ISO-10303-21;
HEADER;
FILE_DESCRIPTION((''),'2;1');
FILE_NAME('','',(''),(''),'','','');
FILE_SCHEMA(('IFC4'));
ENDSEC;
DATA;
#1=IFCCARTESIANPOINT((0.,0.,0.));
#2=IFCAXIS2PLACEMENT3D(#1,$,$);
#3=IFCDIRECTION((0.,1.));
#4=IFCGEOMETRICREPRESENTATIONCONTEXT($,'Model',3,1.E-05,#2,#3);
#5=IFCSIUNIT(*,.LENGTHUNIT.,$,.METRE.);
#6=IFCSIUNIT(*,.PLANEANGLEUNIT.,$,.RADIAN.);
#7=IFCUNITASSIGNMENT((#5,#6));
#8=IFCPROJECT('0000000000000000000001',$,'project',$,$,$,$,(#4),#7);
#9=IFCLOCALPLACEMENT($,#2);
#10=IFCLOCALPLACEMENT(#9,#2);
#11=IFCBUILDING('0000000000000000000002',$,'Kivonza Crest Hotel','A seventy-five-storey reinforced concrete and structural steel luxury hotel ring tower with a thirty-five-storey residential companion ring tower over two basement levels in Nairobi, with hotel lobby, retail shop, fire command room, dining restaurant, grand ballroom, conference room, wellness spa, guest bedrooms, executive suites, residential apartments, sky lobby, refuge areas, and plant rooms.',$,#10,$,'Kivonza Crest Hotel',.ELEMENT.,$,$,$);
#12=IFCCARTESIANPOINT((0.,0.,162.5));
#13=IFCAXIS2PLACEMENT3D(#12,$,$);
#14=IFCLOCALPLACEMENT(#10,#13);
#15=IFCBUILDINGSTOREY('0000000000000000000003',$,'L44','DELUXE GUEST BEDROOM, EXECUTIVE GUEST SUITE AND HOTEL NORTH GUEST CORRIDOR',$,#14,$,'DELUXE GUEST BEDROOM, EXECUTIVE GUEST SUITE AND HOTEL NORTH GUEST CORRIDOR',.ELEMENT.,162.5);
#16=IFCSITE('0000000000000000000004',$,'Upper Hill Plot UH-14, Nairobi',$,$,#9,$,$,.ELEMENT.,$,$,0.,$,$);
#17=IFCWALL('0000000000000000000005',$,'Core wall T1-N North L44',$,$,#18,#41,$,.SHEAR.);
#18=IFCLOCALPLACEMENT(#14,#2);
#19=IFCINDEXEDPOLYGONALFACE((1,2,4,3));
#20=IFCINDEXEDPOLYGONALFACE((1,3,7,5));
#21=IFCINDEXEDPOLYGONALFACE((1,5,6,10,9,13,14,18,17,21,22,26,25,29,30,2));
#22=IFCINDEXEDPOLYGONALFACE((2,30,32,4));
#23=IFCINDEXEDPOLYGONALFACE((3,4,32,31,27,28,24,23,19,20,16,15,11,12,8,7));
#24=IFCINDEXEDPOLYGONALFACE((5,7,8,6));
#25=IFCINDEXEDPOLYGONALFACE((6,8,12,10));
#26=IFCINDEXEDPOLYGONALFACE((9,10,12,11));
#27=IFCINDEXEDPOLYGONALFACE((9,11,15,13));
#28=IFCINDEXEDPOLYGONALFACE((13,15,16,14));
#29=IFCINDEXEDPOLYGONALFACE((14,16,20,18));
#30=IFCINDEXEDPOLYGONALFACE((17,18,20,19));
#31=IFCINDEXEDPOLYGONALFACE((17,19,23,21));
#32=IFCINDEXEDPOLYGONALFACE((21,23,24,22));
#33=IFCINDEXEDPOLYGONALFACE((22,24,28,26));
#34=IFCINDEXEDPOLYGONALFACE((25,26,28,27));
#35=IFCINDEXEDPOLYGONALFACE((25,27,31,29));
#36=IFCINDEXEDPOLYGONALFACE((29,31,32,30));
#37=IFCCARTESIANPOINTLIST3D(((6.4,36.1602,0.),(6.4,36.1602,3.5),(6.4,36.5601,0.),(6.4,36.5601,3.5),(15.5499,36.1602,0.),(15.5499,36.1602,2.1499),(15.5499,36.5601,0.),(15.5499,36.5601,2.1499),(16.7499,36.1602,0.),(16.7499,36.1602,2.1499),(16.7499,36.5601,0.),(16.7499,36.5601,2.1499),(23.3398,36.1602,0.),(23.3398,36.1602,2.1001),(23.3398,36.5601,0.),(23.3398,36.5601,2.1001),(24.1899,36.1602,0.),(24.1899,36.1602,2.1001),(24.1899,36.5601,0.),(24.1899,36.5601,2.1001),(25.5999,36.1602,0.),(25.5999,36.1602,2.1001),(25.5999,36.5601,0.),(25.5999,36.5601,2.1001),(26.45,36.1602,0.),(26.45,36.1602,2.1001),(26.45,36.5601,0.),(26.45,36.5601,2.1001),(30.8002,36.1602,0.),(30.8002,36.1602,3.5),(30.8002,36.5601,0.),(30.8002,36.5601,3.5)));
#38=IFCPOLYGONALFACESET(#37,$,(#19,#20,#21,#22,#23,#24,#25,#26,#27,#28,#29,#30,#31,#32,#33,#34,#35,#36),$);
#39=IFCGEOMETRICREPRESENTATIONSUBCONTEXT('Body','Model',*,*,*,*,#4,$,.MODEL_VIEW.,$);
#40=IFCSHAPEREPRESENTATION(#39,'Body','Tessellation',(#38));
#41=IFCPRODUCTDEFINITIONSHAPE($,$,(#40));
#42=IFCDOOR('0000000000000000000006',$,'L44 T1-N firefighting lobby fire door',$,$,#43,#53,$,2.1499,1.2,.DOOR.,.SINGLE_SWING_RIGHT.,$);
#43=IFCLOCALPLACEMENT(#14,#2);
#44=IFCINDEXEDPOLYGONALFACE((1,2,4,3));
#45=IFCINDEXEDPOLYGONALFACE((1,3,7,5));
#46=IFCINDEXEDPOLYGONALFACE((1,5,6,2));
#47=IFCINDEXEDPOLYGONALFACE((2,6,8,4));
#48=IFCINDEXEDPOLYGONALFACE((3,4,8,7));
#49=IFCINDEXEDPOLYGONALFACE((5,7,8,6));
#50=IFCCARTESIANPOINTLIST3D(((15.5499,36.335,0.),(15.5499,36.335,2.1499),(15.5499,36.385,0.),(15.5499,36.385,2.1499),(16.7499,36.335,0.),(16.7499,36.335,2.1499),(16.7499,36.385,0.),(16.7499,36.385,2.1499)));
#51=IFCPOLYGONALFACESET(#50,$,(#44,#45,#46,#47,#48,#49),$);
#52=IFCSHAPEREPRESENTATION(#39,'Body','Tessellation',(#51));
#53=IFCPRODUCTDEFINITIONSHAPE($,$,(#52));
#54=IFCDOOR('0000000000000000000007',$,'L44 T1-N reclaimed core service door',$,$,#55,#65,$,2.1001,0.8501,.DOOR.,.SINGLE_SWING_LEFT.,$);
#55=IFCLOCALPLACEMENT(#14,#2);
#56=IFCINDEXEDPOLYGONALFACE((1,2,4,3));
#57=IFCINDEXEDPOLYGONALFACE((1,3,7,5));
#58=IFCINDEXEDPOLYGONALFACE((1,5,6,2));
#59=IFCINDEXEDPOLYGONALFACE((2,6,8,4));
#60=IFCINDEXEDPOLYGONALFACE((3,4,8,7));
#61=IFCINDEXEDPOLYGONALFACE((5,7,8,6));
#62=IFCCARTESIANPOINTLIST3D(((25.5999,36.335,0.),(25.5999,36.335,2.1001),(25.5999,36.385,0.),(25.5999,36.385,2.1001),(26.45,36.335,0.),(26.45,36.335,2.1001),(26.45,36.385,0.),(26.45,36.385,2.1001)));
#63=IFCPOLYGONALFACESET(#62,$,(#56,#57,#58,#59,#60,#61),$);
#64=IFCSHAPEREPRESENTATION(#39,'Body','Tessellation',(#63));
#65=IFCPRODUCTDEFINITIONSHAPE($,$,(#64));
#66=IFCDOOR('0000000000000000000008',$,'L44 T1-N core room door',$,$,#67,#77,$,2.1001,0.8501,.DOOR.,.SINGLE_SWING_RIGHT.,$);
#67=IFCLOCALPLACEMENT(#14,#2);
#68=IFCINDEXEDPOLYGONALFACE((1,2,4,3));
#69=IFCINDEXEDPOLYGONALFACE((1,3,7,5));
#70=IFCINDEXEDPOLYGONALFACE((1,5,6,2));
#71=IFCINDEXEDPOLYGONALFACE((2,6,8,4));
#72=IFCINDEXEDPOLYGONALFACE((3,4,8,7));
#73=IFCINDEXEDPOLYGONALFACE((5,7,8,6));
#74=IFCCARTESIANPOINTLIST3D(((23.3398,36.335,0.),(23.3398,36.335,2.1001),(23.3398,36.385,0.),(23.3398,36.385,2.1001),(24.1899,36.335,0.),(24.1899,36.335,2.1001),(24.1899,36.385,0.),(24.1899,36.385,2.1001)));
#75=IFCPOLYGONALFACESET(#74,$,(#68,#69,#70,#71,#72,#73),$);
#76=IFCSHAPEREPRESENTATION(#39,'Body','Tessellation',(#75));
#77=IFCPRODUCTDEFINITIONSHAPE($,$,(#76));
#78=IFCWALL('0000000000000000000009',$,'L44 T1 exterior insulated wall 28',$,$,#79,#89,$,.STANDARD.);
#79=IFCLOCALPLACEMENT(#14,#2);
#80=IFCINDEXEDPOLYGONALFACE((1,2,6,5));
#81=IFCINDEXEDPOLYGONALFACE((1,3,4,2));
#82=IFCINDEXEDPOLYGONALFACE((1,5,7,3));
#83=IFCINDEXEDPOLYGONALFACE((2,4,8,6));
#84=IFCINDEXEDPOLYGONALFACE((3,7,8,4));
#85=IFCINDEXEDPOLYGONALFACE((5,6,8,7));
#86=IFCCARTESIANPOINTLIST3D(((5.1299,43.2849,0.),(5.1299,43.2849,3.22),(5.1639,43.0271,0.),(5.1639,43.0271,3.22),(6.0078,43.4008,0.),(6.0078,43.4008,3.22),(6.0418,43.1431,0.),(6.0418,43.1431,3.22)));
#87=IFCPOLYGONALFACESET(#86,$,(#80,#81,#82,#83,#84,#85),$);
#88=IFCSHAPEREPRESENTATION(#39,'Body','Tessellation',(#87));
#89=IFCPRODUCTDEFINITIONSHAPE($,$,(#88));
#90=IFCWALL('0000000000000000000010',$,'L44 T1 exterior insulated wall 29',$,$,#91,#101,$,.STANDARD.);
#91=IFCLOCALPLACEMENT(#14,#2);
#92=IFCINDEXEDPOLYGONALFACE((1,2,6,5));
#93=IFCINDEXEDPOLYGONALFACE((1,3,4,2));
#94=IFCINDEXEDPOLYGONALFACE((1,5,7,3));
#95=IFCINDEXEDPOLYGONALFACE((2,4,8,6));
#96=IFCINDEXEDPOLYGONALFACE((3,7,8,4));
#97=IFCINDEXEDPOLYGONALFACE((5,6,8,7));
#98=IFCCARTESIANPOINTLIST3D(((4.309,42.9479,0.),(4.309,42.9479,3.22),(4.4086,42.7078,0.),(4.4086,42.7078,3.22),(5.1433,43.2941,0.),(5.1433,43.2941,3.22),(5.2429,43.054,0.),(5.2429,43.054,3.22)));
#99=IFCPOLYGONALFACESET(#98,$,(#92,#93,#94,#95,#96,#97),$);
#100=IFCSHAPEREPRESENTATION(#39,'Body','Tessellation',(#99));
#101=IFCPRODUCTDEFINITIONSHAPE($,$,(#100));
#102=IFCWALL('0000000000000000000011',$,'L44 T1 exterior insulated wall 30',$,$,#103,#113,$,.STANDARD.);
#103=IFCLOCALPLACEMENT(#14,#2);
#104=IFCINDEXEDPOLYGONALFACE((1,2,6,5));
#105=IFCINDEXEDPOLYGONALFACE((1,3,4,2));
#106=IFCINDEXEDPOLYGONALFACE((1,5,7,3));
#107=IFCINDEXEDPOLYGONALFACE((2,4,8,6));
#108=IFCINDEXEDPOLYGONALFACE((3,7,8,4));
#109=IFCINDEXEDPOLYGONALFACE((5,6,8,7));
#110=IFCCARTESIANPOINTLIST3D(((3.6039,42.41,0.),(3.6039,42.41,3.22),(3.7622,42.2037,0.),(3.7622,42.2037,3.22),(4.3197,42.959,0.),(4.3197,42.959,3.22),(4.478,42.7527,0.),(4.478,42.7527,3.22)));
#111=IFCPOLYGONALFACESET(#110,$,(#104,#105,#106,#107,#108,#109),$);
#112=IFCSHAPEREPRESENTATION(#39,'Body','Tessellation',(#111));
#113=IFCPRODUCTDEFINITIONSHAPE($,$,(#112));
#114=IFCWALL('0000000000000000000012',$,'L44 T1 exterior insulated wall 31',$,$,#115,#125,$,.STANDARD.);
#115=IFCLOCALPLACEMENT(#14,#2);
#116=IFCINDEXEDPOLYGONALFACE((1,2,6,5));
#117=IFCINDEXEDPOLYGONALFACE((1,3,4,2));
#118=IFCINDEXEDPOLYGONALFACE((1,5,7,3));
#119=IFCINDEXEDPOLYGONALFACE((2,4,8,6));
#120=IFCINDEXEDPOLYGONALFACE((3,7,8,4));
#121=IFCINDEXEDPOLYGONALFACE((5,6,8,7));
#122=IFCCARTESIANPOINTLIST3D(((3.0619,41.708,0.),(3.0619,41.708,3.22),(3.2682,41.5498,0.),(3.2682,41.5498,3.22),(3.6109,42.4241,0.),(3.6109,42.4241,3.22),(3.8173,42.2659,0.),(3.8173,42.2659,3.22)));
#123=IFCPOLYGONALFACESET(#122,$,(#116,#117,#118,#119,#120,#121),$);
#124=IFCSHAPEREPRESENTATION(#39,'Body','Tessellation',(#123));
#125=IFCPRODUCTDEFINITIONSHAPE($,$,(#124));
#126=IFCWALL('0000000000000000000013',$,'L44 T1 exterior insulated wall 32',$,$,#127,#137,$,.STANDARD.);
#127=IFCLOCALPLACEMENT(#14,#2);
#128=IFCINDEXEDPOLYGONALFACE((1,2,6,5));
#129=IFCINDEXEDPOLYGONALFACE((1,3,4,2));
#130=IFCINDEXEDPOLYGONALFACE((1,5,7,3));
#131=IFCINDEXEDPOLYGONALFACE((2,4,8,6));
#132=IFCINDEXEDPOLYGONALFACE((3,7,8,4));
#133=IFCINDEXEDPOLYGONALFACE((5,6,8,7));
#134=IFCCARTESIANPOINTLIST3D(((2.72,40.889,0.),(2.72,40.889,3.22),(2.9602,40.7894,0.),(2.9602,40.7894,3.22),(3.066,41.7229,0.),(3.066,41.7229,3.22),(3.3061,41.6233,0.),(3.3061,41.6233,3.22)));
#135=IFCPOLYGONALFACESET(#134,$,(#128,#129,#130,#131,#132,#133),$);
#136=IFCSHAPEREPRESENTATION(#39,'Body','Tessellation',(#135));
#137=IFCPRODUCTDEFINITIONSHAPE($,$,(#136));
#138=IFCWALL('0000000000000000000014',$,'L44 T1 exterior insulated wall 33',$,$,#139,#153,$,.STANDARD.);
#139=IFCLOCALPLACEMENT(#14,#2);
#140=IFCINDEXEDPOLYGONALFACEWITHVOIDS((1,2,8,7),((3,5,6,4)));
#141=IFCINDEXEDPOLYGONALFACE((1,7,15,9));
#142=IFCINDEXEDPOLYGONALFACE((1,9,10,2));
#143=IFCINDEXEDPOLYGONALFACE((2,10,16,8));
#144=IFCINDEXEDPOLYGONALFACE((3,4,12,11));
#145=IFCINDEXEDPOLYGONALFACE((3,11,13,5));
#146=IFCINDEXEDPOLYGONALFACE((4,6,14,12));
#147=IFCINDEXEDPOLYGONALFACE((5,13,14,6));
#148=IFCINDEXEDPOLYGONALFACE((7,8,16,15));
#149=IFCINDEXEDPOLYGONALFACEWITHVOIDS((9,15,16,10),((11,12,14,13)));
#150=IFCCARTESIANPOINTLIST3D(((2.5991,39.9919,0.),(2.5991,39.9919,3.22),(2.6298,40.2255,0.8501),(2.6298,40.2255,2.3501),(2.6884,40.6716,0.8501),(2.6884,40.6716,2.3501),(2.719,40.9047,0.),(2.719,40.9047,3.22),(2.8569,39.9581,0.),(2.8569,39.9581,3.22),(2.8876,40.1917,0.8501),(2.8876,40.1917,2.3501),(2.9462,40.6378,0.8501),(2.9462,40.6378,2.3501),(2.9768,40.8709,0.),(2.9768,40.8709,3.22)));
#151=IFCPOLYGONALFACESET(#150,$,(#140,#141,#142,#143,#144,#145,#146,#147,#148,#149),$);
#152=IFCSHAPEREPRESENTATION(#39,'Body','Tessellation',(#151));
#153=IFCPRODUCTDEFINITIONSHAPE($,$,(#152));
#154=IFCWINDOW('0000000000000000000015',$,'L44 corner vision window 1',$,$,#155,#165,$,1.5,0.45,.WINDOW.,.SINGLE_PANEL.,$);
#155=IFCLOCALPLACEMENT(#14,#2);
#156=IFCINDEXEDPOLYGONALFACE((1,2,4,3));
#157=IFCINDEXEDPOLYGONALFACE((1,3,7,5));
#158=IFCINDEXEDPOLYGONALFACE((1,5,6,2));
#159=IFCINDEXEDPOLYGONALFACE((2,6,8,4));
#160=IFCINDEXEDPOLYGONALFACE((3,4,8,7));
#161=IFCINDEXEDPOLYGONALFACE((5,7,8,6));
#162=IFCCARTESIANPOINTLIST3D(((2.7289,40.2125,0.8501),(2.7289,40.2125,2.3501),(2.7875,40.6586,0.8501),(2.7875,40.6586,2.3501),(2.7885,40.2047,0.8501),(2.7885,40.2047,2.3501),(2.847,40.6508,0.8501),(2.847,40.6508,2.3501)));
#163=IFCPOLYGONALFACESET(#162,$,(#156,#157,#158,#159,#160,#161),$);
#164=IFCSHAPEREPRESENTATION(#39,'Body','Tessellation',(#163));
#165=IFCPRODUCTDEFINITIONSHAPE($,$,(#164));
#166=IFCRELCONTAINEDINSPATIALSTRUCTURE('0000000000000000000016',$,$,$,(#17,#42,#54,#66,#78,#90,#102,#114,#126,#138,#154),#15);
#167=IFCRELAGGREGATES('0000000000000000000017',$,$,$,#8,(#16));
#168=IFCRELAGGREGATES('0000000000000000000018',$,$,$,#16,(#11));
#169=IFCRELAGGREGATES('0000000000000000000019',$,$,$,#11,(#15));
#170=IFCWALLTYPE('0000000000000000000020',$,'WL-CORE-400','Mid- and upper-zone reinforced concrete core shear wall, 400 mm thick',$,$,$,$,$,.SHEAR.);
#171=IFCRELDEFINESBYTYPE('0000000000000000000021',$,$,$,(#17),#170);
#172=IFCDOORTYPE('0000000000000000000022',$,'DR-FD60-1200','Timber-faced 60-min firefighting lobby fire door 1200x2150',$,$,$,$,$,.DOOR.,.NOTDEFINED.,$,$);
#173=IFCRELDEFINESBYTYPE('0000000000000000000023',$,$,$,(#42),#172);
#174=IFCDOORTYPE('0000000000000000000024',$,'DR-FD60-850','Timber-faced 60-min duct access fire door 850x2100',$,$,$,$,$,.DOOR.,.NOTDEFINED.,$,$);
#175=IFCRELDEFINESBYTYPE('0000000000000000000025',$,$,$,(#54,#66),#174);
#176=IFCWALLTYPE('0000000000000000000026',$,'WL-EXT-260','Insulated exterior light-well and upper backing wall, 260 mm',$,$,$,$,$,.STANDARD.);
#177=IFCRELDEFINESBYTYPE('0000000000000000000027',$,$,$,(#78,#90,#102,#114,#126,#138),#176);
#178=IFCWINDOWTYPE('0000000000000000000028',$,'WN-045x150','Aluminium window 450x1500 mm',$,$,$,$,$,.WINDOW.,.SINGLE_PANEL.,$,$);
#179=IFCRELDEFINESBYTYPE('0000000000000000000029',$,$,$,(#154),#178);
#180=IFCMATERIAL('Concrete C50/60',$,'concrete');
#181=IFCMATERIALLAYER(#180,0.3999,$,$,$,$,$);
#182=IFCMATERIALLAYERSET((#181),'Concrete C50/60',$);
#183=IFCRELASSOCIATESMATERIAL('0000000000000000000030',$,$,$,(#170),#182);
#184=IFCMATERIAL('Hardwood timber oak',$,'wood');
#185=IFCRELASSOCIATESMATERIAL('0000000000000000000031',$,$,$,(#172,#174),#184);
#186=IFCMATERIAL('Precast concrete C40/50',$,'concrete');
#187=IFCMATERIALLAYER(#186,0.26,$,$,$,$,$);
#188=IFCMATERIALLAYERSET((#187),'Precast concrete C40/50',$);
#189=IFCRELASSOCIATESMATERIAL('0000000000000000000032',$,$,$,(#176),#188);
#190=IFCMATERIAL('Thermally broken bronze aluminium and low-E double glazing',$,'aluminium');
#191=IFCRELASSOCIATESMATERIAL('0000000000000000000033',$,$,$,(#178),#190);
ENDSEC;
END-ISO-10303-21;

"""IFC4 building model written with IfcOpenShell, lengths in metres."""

from ifc_helpers import new_model, si_unit, direction, frame, frame_2d, origin, place, context, subcontext, project, spatial, rectangle, extrude, material, layer, layer_set, type_object, element, fill, save


model = new_model("IFC4")

# Units and contexts
model_context = context("Model", 3, precision=1e-05, world=origin(), true_north=direction((0.0, 1.0)))
body_context = subcontext(model_context, "Body", "Model", "MODEL_VIEW")
ifc_project = project(units=[si_unit("LENGTHUNIT", "METRE"), si_unit("PLANEANGLEUNIT", "RADIAN")], contexts=[model_context])

# Site, building, storey
site_placement = place(None, origin())
site = spatial("IfcSite", under=ifc_project, at=site_placement, Name="Upper Hill Plot UH-14, Nairobi", CompositionType="ELEMENT", RefElevation=0.0)
building_placement = place(site_placement, origin())
building = spatial("IfcBuilding", under=site, at=building_placement, Name="Kivonza Crest Hotel", Description="A seventy-five-storey reinforced concrete and structural steel luxury hotel ring tower with a thirty-five-storey residential companion ring tower over two basement levels in Nairobi, with hotel lobby, retail shop, fire command room, dining restaurant, grand ballroom, conference room, wellness spa, guest bedrooms, executive suites, residential apartments, sky lobby, refuge areas, and plant rooms.", LongName="Kivonza Crest Hotel", CompositionType="ELEMENT")
storey_placement = place(building_placement, frame((0.0, 0.0, 162.5)))
storey = spatial("IfcBuildingStorey", under=building, at=storey_placement, Name="L44", Description="DELUXE GUEST BEDROOM, EXECUTIVE GUEST SUITE AND HOTEL NORTH GUEST CORRIDOR", LongName="DELUXE GUEST BEDROOM, EXECUTIVE GUEST SUITE AND HOTEL NORTH GUEST CORRIDOR", CompositionType="ELEMENT", Elevation=162.5)

# Shared definitions
ifc_material_1 = material(Name="Concrete C50/60", Category="concrete")

# Shared definitions
ifc_material_2 = material(Name="Hardwood timber oak", Category="wood")

# Wall, openings, doors
ifc_layer_1 = layer(ifc_material_1, 0.3999)
ifc_layer_set_1 = layer_set([ifc_layer_1], Name="Concrete C50/60")
wall_type_1 = type_object("IfcWallType", Name="WL-CORE-400", Description="Mid- and upper-zone reinforced concrete core shear wall, 400 mm thick", PredefinedType="SHEAR", material=ifc_layer_set_1)
wall_1_placement = place(storey_placement, frame((6.3999, 36.3601, 0.0), z_axis=(0.0, 0.0, 1.0), x_axis=(1.0, 0.0, 0.0)))
wall_1 = element("IfcWall", 1, at=wall_1_placement, inside=storey, type_object=wall_type_1, Name="Core wall T1-N North L44", PredefinedType="SHEAR", context=body_context, shape_type="SweptSolid", body=[
    extrude(rectangle(XDim=24.4001, YDim=0.3999, at=frame_2d((12.2002, 0.0))), origin(), (0.0, 0.0, 1.0), 3.5),
])
opening_1_placement = place(wall_1_placement, frame((9.1499, 0.0, 0.0)))
opening_1 = element("IfcOpeningElement", 2, at=opening_1_placement, cuts=wall_1, PredefinedType="OPENING", context=body_context, shape_type="SweptSolid", body=[
    extrude(rectangle(XDim=1.2, YDim=2.1499, at=frame_2d((0.6001, 1.075))), frame((0.0, 0.21, 0.0), z_axis=(0.0, -1.0, 0.0), x_axis=(1.0, 0.0, 0.0)), (0.0, 0.0, 1.0), 0.4199),
])
opening_2_placement = place(wall_1_placement, frame((19.2, 0.0, 0.0)))
opening_2 = element("IfcOpeningElement", 3, at=opening_2_placement, cuts=wall_1, PredefinedType="OPENING", context=body_context, shape_type="SweptSolid", body=[
    extrude(rectangle(XDim=0.8501, YDim=2.1001, at=frame_2d((0.425, 1.05))), frame((0.0, 0.21, 0.0), z_axis=(0.0, -1.0, 0.0), x_axis=(1.0, 0.0, 0.0)), (0.0, 0.0, 1.0), 0.4199),
])
opening_3_placement = place(wall_1_placement, frame((16.9399, 0.0, 0.0)))
opening_3 = element("IfcOpeningElement", 4, at=opening_3_placement, cuts=wall_1, PredefinedType="OPENING", context=body_context, shape_type="SweptSolid", body=[
    extrude(rectangle(XDim=0.8501, YDim=2.1001, at=frame_2d((0.425, 1.05))), frame((0.0, 0.21, 0.0), z_axis=(0.0, -1.0, 0.0), x_axis=(1.0, 0.0, 0.0)), (0.0, 0.0, 1.0), 0.4199),
])
door_type_1 = type_object("IfcDoorType", Name="DR-FD60-1200", Description="Timber-faced 60-min firefighting lobby fire door 1200x2150", OperationType="NOTDEFINED", PredefinedType="DOOR", material=ifc_material_2)
door_1_placement = place(opening_1_placement, origin())
door_1 = element("IfcDoor", 5, at=door_1_placement, inside=storey, type_object=door_type_1, Name="L44 T1-N firefighting lobby fire door", OperationType="SINGLE_SWING_RIGHT", OverallHeight=2.1499, OverallWidth=1.2, PredefinedType="DOOR", context=body_context, shape_type="SweptSolid", body=[
    extrude(rectangle(XDim=1.2, YDim=2.1499, at=frame_2d((0.6001, 1.075))), frame((0.0, 0.0249, 0.0), z_axis=(0.0, -1.0, 0.0), x_axis=(1.0, 0.0, 0.0)), (0.0, 0.0, 1.0), 0.05),
])
fill(opening_1, door_1)
door_type_2 = type_object("IfcDoorType", Name="DR-FD60-850", Description="Timber-faced 60-min duct access fire door 850x2100", OperationType="NOTDEFINED", PredefinedType="DOOR", material=ifc_material_2)
door_2_placement = place(opening_2_placement, origin())
door_2 = element("IfcDoor", 6, at=door_2_placement, inside=storey, type_object=door_type_2, Name="L44 T1-N reclaimed core service door", OperationType="SINGLE_SWING_LEFT", OverallHeight=2.1001, OverallWidth=0.8501, PredefinedType="DOOR", context=body_context, shape_type="SweptSolid", body=[
    extrude(rectangle(XDim=0.8501, YDim=2.1001, at=frame_2d((0.425, 1.05))), frame((0.0, 0.0249, 0.0), z_axis=(0.0, -1.0, 0.0), x_axis=(1.0, 0.0, 0.0)), (0.0, 0.0, 1.0), 0.05),
])
fill(opening_2, door_2)
door_3_placement = place(opening_3_placement, origin())
door_3 = element("IfcDoor", 7, at=door_3_placement, inside=storey, type_object=door_type_2, Name="L44 T1-N core room door", OperationType="SINGLE_SWING_RIGHT", OverallHeight=2.1001, OverallWidth=0.8501, PredefinedType="DOOR", context=body_context, shape_type="SweptSolid", body=[
    extrude(rectangle(XDim=0.8501, YDim=2.1001, at=frame_2d((0.425, 1.05))), frame((0.0, 0.0249, 0.0), z_axis=(0.0, -1.0, 0.0), x_axis=(1.0, 0.0, 0.0)), (0.0, 0.0, 1.0), 0.05),
])
fill(opening_3, door_3)

# Walls
ifc_material_3 = material(Name="Precast concrete C40/50", Category="concrete")
ifc_layer_2 = layer(ifc_material_3, 0.26)
ifc_layer_set_2 = layer_set([ifc_layer_2], Name="Precast concrete C40/50")
wall_type_2 = type_object("IfcWallType", Name="WL-EXT-260", Description="Insulated exterior light-well and upper backing wall, 260 mm", PredefinedType="STANDARD", material=ifc_layer_set_2)
wall_2_placement = place(storey_placement, frame((6.0249, 43.272, 0.0), z_axis=(0.0, 0.0, 1.0), x_axis=(-0.991388, -0.130954, 0.0)))
element("IfcWall", 8, at=wall_2_placement, inside=storey, type_object=wall_type_2, Name="L44 T1 exterior insulated wall 28", PredefinedType="STANDARD", context=body_context, shape_type="SweptSolid", body=[
    extrude(rectangle(XDim=0.8855, YDim=0.26, at=frame_2d((0.4429, 0.0))), origin(), (0.0, 0.0, 1.0), 3.22),
])
wall_3_placement = place(storey_placement, frame((5.1931, 43.1741, 0.0), z_axis=(0.0, 0.0, 1.0), x_axis=(-0.923628, -0.383291, 0.0)))
element("IfcWall", 9, at=wall_3_placement, inside=storey, type_object=wall_type_2, Name="L44 T1 exterior insulated wall 29", PredefinedType="STANDARD", context=body_context, shape_type="SweptSolid", body=[
    extrude(rectangle(XDim=0.9033, YDim=0.26, at=frame_2d((0.4517, 0.0))), origin(), (0.0, 0.0, 1.0), 3.22),
])
wall_4_placement = place(storey_placement, frame((4.3989, 42.856, 0.0), z_axis=(0.0, 0.0, 1.0), x_axis=(-0.793458, -0.608625, 0.0)))
element("IfcWall", 10, at=wall_4_placement, inside=storey, type_object=wall_type_2, Name="L44 T1 exterior insulated wall 30", PredefinedType="STANDARD", context=body_context, shape_type="SweptSolid", body=[
    extrude(rectangle(XDim=0.9021, YDim=0.26, at=frame_2d((0.4512, 0.0))), origin(), (0.0, 0.0, 1.0), 3.22),
])
wall_5_placement = place(storey_placement, frame((3.7141, 42.345, 0.0), z_axis=(0.0, 0.0, 1.0), x_axis=(-0.608494, -0.793558, 0.0)))
element("IfcWall", 11, at=wall_5_placement, inside=storey, type_object=wall_type_2, Name="L44 T1 exterior insulated wall 31", PredefinedType="STANDARD", context=body_context, shape_type="SweptSolid", body=[
    extrude(rectangle(XDim=0.9023, YDim=0.26, at=frame_2d((0.4512, 0.0))), origin(), (0.0, 0.0, 1.0), 3.22),
])
wall_6_placement = place(storey_placement, frame((3.186, 41.6731, 0.0), z_axis=(0.0, 0.0, 1.0), x_axis=(-0.383156, -0.923684, 0.0)))
element("IfcWall", 12, at=wall_6_placement, inside=storey, type_object=wall_type_2, Name="L44 T1 exterior insulated wall 32", PredefinedType="STANDARD", context=body_context, shape_type="SweptSolid", body=[
    extrude(rectangle(XDim=0.9028, YDim=0.26, at=frame_2d((0.4514, 0.0))), origin(), (0.0, 0.0, 1.0), 3.22),
])

# Wall, opening, window
wall_7_placement = place(storey_placement, frame((2.8479, 40.8879, 0.0), z_axis=(0.0, 0.0, 1.0), x_axis=(-0.130201, -0.991488, 0.0)))
wall_7 = element("IfcWall", 13, at=wall_7_placement, inside=storey, type_object=wall_type_2, Name="L44 T1 exterior insulated wall 33", PredefinedType="STANDARD", context=body_context, shape_type="SweptSolid", body=[
    extrude(rectangle(XDim=0.9207, YDim=0.26, at=frame_2d((0.4604, 0.0))), origin(), (0.0, 0.0, 1.0), 3.22),
])
opening_4_placement = place(wall_7_placement, frame((0.2351, 0.0, 0.8501)))
opening_4 = element("IfcOpeningElement", 14, at=opening_4_placement, cuts=wall_7, PredefinedType="OPENING", context=body_context, shape_type="SweptSolid", body=[
    extrude(rectangle(XDim=0.45, YDim=1.5, at=frame_2d((0.2251, 0.75))), frame((0.0, 0.1401, 0.0), z_axis=(0.0, -1.0, 0.0), x_axis=(1.0, 0.0, 0.0)), (0.0, 0.0, 1.0), 0.28),
])
ifc_material_4 = material(Name="Thermally broken bronze aluminium and low-E double glazing", Category="aluminium")
window_type_1 = type_object("IfcWindowType", Name="WN-045x150", Description="Aluminium window 450x1500 mm", PartitioningType="SINGLE_PANEL", PredefinedType="WINDOW", material=ifc_material_4)
window_1_placement = place(opening_4_placement, origin())
window_1 = element("IfcWindow", 15, at=window_1_placement, inside=storey, type_object=window_type_1, Name="L44 corner vision window 1", OverallHeight=1.5, OverallWidth=0.45, PartitioningType="SINGLE_PANEL", PredefinedType="WINDOW", context=body_context, shape_type="SweptSolid", body=[
    extrude(rectangle(XDim=0.45, YDim=1.5, at=frame_2d((0.2251, 0.75))), frame((0.0, 0.03, 0.0), z_axis=(0.0, -1.0, 0.0), x_axis=(1.0, 0.0, 0.0)), (0.0, 0.0, 1.0), 0.0601),
])
fill(opening_4, window_1)

save(model, "model.ifc")
